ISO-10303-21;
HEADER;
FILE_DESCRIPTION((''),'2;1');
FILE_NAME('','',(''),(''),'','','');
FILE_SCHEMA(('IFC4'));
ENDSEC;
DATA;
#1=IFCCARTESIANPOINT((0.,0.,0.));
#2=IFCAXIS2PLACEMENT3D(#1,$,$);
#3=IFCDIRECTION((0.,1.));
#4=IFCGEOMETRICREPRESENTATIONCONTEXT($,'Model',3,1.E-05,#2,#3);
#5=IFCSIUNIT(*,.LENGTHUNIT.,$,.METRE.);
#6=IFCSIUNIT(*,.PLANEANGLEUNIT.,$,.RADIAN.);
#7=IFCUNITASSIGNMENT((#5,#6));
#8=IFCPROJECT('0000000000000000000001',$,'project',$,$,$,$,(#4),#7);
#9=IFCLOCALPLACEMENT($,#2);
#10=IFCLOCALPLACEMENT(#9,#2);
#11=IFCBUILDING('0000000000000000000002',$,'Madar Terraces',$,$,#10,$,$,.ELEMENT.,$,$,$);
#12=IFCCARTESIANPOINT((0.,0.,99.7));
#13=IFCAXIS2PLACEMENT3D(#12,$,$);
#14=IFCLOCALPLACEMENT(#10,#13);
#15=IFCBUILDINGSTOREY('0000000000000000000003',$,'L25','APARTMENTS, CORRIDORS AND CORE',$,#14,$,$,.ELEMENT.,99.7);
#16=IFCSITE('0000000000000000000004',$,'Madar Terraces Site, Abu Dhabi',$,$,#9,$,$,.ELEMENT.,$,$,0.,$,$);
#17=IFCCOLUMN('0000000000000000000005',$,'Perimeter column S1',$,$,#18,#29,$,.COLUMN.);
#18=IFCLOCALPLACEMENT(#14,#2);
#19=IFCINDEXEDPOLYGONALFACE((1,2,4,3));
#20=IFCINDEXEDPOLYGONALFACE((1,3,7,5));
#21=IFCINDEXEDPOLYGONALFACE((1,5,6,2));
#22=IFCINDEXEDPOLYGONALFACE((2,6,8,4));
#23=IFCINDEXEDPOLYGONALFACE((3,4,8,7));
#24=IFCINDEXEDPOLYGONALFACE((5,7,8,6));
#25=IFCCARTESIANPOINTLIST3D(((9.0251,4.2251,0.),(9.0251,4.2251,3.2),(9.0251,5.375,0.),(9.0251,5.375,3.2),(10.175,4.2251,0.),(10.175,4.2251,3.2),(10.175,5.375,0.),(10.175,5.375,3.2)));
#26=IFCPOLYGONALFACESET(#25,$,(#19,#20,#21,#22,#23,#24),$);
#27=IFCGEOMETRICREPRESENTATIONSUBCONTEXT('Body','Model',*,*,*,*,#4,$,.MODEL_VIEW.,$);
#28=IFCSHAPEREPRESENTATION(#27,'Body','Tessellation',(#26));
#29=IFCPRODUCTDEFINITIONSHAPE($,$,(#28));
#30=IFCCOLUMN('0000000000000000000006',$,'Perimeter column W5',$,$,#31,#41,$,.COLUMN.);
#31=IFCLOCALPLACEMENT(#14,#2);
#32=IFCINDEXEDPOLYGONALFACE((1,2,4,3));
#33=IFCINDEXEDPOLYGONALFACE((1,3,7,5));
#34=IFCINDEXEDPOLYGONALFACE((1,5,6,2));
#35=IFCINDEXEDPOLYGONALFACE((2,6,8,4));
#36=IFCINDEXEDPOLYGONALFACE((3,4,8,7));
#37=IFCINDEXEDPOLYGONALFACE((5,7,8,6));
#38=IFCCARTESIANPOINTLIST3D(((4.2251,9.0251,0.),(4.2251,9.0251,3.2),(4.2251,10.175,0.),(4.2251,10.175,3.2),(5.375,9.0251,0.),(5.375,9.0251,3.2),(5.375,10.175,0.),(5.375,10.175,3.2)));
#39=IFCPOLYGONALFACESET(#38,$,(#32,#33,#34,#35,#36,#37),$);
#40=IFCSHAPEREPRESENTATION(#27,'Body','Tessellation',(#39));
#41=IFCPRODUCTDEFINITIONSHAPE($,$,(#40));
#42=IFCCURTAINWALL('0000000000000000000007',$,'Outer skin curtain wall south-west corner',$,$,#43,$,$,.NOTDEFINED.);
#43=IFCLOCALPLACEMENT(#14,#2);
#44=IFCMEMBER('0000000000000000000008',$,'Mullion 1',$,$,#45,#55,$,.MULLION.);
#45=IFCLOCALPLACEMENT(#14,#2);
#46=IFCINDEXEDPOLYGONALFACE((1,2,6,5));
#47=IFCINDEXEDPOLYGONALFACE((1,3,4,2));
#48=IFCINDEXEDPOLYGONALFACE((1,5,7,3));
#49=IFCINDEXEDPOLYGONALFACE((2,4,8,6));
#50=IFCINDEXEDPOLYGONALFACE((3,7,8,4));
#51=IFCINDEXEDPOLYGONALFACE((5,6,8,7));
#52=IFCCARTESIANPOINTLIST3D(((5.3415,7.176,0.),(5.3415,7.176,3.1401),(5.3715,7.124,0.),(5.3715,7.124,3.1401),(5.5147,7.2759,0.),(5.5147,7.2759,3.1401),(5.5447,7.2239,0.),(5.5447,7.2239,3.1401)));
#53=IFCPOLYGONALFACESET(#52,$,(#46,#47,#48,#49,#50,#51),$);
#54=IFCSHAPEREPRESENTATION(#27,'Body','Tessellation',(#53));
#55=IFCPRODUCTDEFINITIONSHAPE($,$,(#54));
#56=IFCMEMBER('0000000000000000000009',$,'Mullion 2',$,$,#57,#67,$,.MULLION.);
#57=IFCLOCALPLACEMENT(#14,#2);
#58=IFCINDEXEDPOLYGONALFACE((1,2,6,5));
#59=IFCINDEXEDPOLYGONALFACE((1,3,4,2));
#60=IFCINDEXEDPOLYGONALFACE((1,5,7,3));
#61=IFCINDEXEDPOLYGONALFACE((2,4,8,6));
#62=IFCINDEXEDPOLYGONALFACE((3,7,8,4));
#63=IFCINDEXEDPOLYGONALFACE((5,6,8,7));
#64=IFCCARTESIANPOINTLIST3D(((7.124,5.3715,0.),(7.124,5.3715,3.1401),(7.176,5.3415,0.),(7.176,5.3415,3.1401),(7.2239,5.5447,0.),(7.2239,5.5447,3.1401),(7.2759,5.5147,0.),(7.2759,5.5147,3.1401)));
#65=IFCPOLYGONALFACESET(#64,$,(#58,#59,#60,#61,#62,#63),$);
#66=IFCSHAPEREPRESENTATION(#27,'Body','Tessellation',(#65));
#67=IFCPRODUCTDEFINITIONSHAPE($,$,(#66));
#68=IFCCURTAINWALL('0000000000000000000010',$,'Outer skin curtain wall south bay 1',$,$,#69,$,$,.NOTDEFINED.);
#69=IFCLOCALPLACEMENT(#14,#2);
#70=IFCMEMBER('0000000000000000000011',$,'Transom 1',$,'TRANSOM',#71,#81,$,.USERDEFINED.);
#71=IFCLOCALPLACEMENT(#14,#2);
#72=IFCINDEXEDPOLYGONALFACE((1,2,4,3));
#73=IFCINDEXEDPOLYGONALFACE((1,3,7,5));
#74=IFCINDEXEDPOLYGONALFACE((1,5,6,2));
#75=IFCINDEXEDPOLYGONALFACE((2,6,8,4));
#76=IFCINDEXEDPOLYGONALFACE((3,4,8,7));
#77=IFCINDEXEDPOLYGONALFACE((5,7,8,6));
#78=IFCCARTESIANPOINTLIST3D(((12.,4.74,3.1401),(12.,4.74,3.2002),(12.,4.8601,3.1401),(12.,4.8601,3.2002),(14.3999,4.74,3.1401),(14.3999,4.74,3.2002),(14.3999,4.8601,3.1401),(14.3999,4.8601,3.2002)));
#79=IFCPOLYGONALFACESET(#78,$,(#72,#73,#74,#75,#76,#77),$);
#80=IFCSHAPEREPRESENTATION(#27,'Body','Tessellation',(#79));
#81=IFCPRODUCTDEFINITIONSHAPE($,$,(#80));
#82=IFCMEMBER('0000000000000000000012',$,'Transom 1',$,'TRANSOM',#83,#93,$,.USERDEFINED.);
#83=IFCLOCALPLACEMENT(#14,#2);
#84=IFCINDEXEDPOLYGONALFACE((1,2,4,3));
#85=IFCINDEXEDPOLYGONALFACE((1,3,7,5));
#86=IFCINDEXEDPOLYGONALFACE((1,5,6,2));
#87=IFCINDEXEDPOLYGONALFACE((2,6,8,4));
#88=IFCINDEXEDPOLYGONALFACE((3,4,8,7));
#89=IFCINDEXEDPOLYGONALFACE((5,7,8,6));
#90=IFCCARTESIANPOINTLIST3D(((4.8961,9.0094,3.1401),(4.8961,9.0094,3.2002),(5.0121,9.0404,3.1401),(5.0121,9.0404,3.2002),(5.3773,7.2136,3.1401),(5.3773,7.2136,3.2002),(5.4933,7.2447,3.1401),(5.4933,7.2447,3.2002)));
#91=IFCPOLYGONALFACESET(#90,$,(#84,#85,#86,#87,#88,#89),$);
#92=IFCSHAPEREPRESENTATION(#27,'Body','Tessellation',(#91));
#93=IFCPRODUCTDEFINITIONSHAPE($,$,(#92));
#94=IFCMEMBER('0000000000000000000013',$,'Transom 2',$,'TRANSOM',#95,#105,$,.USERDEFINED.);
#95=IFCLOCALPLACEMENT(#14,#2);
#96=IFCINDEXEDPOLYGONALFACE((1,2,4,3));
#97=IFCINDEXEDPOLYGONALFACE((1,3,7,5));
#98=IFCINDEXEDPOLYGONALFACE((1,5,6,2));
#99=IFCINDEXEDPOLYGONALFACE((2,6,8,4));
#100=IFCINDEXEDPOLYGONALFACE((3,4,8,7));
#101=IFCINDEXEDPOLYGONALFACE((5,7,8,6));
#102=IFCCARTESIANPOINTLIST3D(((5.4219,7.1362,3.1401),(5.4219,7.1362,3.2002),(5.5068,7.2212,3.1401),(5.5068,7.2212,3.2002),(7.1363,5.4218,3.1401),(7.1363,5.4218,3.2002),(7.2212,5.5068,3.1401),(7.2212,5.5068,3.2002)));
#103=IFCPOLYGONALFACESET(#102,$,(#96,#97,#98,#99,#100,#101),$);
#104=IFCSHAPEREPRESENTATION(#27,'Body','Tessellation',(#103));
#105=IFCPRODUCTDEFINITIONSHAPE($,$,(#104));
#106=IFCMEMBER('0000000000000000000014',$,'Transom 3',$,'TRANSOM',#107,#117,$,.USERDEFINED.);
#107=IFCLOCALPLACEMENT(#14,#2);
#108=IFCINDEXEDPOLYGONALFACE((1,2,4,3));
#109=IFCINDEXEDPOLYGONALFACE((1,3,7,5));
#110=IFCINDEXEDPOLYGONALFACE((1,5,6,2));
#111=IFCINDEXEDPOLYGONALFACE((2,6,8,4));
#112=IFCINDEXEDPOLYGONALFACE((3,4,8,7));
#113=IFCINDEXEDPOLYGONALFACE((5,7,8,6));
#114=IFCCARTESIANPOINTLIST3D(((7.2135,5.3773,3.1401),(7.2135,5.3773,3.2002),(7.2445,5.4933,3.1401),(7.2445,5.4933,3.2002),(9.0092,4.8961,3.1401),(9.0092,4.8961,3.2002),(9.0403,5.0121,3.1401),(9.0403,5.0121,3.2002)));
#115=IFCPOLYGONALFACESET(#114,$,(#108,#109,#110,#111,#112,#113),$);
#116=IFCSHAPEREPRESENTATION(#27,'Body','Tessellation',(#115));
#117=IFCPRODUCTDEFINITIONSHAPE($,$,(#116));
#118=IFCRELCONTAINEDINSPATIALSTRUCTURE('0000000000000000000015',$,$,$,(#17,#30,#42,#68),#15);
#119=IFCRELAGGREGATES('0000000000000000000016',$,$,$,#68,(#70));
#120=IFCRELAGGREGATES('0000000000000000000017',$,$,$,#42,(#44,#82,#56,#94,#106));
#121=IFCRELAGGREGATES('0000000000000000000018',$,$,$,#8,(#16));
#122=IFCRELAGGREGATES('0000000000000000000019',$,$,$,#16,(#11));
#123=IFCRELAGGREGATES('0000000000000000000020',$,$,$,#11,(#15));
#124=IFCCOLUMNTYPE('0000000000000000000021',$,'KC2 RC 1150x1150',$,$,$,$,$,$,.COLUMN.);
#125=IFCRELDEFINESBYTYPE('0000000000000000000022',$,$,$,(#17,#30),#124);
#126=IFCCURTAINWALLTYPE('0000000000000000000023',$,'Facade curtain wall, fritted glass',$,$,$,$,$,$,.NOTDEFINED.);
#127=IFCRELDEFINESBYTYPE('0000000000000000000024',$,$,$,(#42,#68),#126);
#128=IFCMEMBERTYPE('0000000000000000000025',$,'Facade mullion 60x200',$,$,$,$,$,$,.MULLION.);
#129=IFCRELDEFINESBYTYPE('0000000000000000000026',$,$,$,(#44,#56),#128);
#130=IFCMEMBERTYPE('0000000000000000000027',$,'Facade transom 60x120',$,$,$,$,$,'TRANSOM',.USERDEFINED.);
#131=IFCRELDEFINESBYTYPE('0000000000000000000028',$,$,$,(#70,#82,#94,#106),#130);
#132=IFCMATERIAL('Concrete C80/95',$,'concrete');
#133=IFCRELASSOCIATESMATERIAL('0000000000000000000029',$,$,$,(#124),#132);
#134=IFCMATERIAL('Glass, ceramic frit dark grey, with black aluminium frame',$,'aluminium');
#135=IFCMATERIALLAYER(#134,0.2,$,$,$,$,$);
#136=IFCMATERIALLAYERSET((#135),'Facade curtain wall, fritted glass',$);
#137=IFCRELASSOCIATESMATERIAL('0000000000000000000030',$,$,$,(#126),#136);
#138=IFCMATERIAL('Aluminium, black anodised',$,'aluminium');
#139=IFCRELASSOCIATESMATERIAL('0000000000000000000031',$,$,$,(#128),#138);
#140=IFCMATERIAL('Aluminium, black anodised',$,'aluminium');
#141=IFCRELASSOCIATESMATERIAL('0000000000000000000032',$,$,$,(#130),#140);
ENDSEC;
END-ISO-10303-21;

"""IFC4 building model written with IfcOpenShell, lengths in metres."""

from ifc_helpers import new_model, si_unit, direction, frame, origin, origin_2d, place, context, subcontext, project, spatial, rectangle, extrude, material, layer, layer_set, material_profile, profile_set, type_object, element, aggregate, save


model = new_model("IFC4")

# Units and contexts
model_context = context("Model", 3, precision=1e-05, world=origin(), true_north=direction((0.0, 1.0)))
body_context = subcontext(model_context, "Body", "Model", "MODEL_VIEW")
ifc_project = project(units=[si_unit("LENGTHUNIT", "METRE"), si_unit("PLANEANGLEUNIT", "RADIAN")], contexts=[model_context])

# Site, building, storey
site_placement = place(None, origin())
site = spatial("IfcSite", under=ifc_project, at=site_placement, Name="Madar Terraces Site, Abu Dhabi", CompositionType="ELEMENT", RefElevation=0.0)
building_placement = place(site_placement, origin())
building = spatial("IfcBuilding", under=site, at=building_placement, Name="Madar Terraces", CompositionType="ELEMENT")
storey_placement = place(building_placement, frame((0.0, 0.0, 99.7)))
storey = spatial("IfcBuildingStorey", under=building, at=storey_placement, Name="L25", Description="APARTMENTS, CORRIDORS AND CORE", CompositionType="ELEMENT", Elevation=99.7)

# Columns
ifc_material_1 = material(Name="Concrete C80/95", Category="concrete")
ifc_material_profile_1 = material_profile(ifc_material_1, rectangle(XDim=1.1499, YDim=1.1499, at=origin_2d()), Name="KC2 RC 1150x1150")
ifc_profile_set_1 = profile_set([ifc_material_profile_1], Name="Concrete C80/95")
column_type = type_object("IfcColumnType", Name="KC2 RC 1150x1150", PredefinedType="COLUMN", material=ifc_profile_set_1)
for number, where, z_axis, x_axis, name in (
    (1, (9.6001, 4.8, 0.0), (0.0, 0.0, 1.0), (1.0, 0.0, 0.0), "Perimeter column S1"),
    (2, (4.8, 9.6001, 0.0), (0.0, 0.0, 1.0), (1.0, 0.0, 0.0), "Perimeter column W5"),
):
    element("IfcColumn", number, at=place(storey_placement, frame(where, z_axis=z_axis, x_axis=x_axis)), inside=storey, type_object=column_type, Name=name, PredefinedType="COLUMN", context=body_context, shape_type="SweptSolid", body=[
        extrude(rectangle(XDim=1.1499, YDim=1.1499, at=origin_2d()), origin(), (0.0, 0.0, 1.0), 3.2),
    ])

# Curtain wall, members
ifc_material_2 = material(Name="Glass, ceramic frit dark grey, with black aluminium frame", Category="aluminium")
ifc_layer_1 = layer(ifc_material_2, 0.2)
ifc_layer_set_1 = layer_set([ifc_layer_1], Name="Facade curtain wall, fritted glass")
curtain_wall_type = type_object("IfcCurtainWallType", Name="Facade curtain wall, fritted glass", PredefinedType="NOTDEFINED", material=ifc_layer_set_1)
curtain_wall_1_placement = place(storey_placement, origin())
curtain_wall_1 = element("IfcCurtainWall", 3, at=curtain_wall_1_placement, inside=storey, type_object=curtain_wall_type, Name="Outer skin curtain wall south-west corner", PredefinedType="NOTDEFINED")
ifc_material_3 = material(Name="Aluminium, black anodised", Category="aluminium")
ifc_material_profile_2 = material_profile(ifc_material_3, rectangle(XDim=0.2, YDim=0.0601, at=origin_2d()), Name="Facade mullion 60x200")
ifc_profile_set_2 = profile_set([ifc_material_profile_2], Name="Aluminium, black anodised")
member_type_1 = type_object("IfcMemberType", Name="Facade mullion 60x200", PredefinedType="MULLION", material=ifc_profile_set_2)
member_1_placement = place(storey_placement, frame((5.4431, 7.2, 0.0), z_axis=(0.0, 0.0, 1.0), x_axis=(0.866025, 0.5, 0.0)))
member_1 = element("IfcMember", 4, at=member_1_placement, type_object=member_type_1, Name="Mullion 1", PredefinedType="MULLION", context=body_context, shape_type="SweptSolid", body=[
    extrude(rectangle(XDim=0.2, YDim=0.0601, at=origin_2d()), origin(), (0.0, 0.0, 1.0), 3.1401),
])
member_2_placement = place(storey_placement, frame((7.2, 5.4431, 0.0), z_axis=(0.0, 0.0, 1.0), x_axis=(0.5, 0.866025, 0.0)))
member_2 = element("IfcMember", 5, at=member_2_placement, type_object=member_type_1, Name="Mullion 2", PredefinedType="MULLION", context=body_context, shape_type="SweptSolid", body=[
    extrude(rectangle(XDim=0.2, YDim=0.0601, at=origin_2d()), origin(), (0.0, 0.0, 1.0), 3.1401),
])

# Curtain wall, member
curtain_wall_2_placement = place(storey_placement, origin())
curtain_wall_2 = element("IfcCurtainWall", 6, at=curtain_wall_2_placement, inside=storey, type_object=curtain_wall_type, Name="Outer skin curtain wall south bay 1", PredefinedType="NOTDEFINED")
ifc_material_4 = material(Name="Aluminium, black anodised", Category="aluminium")
ifc_material_profile_3 = material_profile(ifc_material_4, rectangle(XDim=0.1201, YDim=0.0601, at=origin_2d()), Name="Facade transom 60x120")
ifc_profile_set_3 = profile_set([ifc_material_profile_3], Name="Aluminium, black anodised")
member_type_2 = type_object("IfcMemberType", Name="Facade transom 60x120", ElementType="TRANSOM", PredefinedType="USERDEFINED", material=ifc_profile_set_3)
member_3_placement = place(storey_placement, frame((12.0, 4.8, 3.1702), z_axis=(1.0, 0.0, 0.0), x_axis=(0.0, 1.0, 0.0)))
member_3 = element("IfcMember", 7, at=member_3_placement, type_object=member_type_2, Name="Transom 1", ObjectType="TRANSOM", PredefinedType="USERDEFINED", context=body_context, shape_type="SweptSolid", body=[
    extrude(rectangle(XDim=0.1201, YDim=0.0601, at=origin_2d()), origin(), (0.0, 0.0, 1.0), 2.3999),
])

# Members
member_4_placement = place(storey_placement, frame((4.9541, 9.0249, 3.1702), z_axis=(0.258815, -0.965927, 0.0), x_axis=(0.965927, 0.258815, 0.0)))
member_4 = element("IfcMember", 8, at=member_4_placement, type_object=member_type_2, Name="Transom 1", ObjectType="TRANSOM", PredefinedType="USERDEFINED", context=body_context, shape_type="SweptSolid", body=[
    extrude(rectangle(XDim=0.1201, YDim=0.0601, at=origin_2d()), origin(), (0.0, 0.0, 1.0), 1.8591),
])
member_5_placement = place(storey_placement, frame((5.4644, 7.1787, 3.1702), z_axis=(0.707107, -0.707107, 0.0), x_axis=(0.707107, 0.707107, 0.0)))
member_5 = element("IfcMember", 9, at=member_5_placement, type_object=member_type_2, Name="Transom 2", ObjectType="TRANSOM", PredefinedType="USERDEFINED", context=body_context, shape_type="SweptSolid", body=[
    extrude(rectangle(XDim=0.1201, YDim=0.0601, at=origin_2d()), origin(), (0.0, 0.0, 1.0), 2.4246),
])
member_6_placement = place(storey_placement, frame((7.229, 5.4353, 3.1702), z_axis=(0.965927, -0.258815, 0.0), x_axis=(0.258815, 0.965927, 0.0)))
member_6 = element("IfcMember", 10, at=member_6_placement, type_object=member_type_2, Name="Transom 3", ObjectType="TRANSOM", PredefinedType="USERDEFINED", context=body_context, shape_type="SweptSolid", body=[
    extrude(rectangle(XDim=0.1201, YDim=0.0601, at=origin_2d()), origin(), (0.0, 0.0, 1.0), 1.8591),
])

aggregate(curtain_wall_2, [member_3])
aggregate(curtain_wall_1, [member_1, member_4, member_2, member_5, member_6])

save(model, "model.ifc")
